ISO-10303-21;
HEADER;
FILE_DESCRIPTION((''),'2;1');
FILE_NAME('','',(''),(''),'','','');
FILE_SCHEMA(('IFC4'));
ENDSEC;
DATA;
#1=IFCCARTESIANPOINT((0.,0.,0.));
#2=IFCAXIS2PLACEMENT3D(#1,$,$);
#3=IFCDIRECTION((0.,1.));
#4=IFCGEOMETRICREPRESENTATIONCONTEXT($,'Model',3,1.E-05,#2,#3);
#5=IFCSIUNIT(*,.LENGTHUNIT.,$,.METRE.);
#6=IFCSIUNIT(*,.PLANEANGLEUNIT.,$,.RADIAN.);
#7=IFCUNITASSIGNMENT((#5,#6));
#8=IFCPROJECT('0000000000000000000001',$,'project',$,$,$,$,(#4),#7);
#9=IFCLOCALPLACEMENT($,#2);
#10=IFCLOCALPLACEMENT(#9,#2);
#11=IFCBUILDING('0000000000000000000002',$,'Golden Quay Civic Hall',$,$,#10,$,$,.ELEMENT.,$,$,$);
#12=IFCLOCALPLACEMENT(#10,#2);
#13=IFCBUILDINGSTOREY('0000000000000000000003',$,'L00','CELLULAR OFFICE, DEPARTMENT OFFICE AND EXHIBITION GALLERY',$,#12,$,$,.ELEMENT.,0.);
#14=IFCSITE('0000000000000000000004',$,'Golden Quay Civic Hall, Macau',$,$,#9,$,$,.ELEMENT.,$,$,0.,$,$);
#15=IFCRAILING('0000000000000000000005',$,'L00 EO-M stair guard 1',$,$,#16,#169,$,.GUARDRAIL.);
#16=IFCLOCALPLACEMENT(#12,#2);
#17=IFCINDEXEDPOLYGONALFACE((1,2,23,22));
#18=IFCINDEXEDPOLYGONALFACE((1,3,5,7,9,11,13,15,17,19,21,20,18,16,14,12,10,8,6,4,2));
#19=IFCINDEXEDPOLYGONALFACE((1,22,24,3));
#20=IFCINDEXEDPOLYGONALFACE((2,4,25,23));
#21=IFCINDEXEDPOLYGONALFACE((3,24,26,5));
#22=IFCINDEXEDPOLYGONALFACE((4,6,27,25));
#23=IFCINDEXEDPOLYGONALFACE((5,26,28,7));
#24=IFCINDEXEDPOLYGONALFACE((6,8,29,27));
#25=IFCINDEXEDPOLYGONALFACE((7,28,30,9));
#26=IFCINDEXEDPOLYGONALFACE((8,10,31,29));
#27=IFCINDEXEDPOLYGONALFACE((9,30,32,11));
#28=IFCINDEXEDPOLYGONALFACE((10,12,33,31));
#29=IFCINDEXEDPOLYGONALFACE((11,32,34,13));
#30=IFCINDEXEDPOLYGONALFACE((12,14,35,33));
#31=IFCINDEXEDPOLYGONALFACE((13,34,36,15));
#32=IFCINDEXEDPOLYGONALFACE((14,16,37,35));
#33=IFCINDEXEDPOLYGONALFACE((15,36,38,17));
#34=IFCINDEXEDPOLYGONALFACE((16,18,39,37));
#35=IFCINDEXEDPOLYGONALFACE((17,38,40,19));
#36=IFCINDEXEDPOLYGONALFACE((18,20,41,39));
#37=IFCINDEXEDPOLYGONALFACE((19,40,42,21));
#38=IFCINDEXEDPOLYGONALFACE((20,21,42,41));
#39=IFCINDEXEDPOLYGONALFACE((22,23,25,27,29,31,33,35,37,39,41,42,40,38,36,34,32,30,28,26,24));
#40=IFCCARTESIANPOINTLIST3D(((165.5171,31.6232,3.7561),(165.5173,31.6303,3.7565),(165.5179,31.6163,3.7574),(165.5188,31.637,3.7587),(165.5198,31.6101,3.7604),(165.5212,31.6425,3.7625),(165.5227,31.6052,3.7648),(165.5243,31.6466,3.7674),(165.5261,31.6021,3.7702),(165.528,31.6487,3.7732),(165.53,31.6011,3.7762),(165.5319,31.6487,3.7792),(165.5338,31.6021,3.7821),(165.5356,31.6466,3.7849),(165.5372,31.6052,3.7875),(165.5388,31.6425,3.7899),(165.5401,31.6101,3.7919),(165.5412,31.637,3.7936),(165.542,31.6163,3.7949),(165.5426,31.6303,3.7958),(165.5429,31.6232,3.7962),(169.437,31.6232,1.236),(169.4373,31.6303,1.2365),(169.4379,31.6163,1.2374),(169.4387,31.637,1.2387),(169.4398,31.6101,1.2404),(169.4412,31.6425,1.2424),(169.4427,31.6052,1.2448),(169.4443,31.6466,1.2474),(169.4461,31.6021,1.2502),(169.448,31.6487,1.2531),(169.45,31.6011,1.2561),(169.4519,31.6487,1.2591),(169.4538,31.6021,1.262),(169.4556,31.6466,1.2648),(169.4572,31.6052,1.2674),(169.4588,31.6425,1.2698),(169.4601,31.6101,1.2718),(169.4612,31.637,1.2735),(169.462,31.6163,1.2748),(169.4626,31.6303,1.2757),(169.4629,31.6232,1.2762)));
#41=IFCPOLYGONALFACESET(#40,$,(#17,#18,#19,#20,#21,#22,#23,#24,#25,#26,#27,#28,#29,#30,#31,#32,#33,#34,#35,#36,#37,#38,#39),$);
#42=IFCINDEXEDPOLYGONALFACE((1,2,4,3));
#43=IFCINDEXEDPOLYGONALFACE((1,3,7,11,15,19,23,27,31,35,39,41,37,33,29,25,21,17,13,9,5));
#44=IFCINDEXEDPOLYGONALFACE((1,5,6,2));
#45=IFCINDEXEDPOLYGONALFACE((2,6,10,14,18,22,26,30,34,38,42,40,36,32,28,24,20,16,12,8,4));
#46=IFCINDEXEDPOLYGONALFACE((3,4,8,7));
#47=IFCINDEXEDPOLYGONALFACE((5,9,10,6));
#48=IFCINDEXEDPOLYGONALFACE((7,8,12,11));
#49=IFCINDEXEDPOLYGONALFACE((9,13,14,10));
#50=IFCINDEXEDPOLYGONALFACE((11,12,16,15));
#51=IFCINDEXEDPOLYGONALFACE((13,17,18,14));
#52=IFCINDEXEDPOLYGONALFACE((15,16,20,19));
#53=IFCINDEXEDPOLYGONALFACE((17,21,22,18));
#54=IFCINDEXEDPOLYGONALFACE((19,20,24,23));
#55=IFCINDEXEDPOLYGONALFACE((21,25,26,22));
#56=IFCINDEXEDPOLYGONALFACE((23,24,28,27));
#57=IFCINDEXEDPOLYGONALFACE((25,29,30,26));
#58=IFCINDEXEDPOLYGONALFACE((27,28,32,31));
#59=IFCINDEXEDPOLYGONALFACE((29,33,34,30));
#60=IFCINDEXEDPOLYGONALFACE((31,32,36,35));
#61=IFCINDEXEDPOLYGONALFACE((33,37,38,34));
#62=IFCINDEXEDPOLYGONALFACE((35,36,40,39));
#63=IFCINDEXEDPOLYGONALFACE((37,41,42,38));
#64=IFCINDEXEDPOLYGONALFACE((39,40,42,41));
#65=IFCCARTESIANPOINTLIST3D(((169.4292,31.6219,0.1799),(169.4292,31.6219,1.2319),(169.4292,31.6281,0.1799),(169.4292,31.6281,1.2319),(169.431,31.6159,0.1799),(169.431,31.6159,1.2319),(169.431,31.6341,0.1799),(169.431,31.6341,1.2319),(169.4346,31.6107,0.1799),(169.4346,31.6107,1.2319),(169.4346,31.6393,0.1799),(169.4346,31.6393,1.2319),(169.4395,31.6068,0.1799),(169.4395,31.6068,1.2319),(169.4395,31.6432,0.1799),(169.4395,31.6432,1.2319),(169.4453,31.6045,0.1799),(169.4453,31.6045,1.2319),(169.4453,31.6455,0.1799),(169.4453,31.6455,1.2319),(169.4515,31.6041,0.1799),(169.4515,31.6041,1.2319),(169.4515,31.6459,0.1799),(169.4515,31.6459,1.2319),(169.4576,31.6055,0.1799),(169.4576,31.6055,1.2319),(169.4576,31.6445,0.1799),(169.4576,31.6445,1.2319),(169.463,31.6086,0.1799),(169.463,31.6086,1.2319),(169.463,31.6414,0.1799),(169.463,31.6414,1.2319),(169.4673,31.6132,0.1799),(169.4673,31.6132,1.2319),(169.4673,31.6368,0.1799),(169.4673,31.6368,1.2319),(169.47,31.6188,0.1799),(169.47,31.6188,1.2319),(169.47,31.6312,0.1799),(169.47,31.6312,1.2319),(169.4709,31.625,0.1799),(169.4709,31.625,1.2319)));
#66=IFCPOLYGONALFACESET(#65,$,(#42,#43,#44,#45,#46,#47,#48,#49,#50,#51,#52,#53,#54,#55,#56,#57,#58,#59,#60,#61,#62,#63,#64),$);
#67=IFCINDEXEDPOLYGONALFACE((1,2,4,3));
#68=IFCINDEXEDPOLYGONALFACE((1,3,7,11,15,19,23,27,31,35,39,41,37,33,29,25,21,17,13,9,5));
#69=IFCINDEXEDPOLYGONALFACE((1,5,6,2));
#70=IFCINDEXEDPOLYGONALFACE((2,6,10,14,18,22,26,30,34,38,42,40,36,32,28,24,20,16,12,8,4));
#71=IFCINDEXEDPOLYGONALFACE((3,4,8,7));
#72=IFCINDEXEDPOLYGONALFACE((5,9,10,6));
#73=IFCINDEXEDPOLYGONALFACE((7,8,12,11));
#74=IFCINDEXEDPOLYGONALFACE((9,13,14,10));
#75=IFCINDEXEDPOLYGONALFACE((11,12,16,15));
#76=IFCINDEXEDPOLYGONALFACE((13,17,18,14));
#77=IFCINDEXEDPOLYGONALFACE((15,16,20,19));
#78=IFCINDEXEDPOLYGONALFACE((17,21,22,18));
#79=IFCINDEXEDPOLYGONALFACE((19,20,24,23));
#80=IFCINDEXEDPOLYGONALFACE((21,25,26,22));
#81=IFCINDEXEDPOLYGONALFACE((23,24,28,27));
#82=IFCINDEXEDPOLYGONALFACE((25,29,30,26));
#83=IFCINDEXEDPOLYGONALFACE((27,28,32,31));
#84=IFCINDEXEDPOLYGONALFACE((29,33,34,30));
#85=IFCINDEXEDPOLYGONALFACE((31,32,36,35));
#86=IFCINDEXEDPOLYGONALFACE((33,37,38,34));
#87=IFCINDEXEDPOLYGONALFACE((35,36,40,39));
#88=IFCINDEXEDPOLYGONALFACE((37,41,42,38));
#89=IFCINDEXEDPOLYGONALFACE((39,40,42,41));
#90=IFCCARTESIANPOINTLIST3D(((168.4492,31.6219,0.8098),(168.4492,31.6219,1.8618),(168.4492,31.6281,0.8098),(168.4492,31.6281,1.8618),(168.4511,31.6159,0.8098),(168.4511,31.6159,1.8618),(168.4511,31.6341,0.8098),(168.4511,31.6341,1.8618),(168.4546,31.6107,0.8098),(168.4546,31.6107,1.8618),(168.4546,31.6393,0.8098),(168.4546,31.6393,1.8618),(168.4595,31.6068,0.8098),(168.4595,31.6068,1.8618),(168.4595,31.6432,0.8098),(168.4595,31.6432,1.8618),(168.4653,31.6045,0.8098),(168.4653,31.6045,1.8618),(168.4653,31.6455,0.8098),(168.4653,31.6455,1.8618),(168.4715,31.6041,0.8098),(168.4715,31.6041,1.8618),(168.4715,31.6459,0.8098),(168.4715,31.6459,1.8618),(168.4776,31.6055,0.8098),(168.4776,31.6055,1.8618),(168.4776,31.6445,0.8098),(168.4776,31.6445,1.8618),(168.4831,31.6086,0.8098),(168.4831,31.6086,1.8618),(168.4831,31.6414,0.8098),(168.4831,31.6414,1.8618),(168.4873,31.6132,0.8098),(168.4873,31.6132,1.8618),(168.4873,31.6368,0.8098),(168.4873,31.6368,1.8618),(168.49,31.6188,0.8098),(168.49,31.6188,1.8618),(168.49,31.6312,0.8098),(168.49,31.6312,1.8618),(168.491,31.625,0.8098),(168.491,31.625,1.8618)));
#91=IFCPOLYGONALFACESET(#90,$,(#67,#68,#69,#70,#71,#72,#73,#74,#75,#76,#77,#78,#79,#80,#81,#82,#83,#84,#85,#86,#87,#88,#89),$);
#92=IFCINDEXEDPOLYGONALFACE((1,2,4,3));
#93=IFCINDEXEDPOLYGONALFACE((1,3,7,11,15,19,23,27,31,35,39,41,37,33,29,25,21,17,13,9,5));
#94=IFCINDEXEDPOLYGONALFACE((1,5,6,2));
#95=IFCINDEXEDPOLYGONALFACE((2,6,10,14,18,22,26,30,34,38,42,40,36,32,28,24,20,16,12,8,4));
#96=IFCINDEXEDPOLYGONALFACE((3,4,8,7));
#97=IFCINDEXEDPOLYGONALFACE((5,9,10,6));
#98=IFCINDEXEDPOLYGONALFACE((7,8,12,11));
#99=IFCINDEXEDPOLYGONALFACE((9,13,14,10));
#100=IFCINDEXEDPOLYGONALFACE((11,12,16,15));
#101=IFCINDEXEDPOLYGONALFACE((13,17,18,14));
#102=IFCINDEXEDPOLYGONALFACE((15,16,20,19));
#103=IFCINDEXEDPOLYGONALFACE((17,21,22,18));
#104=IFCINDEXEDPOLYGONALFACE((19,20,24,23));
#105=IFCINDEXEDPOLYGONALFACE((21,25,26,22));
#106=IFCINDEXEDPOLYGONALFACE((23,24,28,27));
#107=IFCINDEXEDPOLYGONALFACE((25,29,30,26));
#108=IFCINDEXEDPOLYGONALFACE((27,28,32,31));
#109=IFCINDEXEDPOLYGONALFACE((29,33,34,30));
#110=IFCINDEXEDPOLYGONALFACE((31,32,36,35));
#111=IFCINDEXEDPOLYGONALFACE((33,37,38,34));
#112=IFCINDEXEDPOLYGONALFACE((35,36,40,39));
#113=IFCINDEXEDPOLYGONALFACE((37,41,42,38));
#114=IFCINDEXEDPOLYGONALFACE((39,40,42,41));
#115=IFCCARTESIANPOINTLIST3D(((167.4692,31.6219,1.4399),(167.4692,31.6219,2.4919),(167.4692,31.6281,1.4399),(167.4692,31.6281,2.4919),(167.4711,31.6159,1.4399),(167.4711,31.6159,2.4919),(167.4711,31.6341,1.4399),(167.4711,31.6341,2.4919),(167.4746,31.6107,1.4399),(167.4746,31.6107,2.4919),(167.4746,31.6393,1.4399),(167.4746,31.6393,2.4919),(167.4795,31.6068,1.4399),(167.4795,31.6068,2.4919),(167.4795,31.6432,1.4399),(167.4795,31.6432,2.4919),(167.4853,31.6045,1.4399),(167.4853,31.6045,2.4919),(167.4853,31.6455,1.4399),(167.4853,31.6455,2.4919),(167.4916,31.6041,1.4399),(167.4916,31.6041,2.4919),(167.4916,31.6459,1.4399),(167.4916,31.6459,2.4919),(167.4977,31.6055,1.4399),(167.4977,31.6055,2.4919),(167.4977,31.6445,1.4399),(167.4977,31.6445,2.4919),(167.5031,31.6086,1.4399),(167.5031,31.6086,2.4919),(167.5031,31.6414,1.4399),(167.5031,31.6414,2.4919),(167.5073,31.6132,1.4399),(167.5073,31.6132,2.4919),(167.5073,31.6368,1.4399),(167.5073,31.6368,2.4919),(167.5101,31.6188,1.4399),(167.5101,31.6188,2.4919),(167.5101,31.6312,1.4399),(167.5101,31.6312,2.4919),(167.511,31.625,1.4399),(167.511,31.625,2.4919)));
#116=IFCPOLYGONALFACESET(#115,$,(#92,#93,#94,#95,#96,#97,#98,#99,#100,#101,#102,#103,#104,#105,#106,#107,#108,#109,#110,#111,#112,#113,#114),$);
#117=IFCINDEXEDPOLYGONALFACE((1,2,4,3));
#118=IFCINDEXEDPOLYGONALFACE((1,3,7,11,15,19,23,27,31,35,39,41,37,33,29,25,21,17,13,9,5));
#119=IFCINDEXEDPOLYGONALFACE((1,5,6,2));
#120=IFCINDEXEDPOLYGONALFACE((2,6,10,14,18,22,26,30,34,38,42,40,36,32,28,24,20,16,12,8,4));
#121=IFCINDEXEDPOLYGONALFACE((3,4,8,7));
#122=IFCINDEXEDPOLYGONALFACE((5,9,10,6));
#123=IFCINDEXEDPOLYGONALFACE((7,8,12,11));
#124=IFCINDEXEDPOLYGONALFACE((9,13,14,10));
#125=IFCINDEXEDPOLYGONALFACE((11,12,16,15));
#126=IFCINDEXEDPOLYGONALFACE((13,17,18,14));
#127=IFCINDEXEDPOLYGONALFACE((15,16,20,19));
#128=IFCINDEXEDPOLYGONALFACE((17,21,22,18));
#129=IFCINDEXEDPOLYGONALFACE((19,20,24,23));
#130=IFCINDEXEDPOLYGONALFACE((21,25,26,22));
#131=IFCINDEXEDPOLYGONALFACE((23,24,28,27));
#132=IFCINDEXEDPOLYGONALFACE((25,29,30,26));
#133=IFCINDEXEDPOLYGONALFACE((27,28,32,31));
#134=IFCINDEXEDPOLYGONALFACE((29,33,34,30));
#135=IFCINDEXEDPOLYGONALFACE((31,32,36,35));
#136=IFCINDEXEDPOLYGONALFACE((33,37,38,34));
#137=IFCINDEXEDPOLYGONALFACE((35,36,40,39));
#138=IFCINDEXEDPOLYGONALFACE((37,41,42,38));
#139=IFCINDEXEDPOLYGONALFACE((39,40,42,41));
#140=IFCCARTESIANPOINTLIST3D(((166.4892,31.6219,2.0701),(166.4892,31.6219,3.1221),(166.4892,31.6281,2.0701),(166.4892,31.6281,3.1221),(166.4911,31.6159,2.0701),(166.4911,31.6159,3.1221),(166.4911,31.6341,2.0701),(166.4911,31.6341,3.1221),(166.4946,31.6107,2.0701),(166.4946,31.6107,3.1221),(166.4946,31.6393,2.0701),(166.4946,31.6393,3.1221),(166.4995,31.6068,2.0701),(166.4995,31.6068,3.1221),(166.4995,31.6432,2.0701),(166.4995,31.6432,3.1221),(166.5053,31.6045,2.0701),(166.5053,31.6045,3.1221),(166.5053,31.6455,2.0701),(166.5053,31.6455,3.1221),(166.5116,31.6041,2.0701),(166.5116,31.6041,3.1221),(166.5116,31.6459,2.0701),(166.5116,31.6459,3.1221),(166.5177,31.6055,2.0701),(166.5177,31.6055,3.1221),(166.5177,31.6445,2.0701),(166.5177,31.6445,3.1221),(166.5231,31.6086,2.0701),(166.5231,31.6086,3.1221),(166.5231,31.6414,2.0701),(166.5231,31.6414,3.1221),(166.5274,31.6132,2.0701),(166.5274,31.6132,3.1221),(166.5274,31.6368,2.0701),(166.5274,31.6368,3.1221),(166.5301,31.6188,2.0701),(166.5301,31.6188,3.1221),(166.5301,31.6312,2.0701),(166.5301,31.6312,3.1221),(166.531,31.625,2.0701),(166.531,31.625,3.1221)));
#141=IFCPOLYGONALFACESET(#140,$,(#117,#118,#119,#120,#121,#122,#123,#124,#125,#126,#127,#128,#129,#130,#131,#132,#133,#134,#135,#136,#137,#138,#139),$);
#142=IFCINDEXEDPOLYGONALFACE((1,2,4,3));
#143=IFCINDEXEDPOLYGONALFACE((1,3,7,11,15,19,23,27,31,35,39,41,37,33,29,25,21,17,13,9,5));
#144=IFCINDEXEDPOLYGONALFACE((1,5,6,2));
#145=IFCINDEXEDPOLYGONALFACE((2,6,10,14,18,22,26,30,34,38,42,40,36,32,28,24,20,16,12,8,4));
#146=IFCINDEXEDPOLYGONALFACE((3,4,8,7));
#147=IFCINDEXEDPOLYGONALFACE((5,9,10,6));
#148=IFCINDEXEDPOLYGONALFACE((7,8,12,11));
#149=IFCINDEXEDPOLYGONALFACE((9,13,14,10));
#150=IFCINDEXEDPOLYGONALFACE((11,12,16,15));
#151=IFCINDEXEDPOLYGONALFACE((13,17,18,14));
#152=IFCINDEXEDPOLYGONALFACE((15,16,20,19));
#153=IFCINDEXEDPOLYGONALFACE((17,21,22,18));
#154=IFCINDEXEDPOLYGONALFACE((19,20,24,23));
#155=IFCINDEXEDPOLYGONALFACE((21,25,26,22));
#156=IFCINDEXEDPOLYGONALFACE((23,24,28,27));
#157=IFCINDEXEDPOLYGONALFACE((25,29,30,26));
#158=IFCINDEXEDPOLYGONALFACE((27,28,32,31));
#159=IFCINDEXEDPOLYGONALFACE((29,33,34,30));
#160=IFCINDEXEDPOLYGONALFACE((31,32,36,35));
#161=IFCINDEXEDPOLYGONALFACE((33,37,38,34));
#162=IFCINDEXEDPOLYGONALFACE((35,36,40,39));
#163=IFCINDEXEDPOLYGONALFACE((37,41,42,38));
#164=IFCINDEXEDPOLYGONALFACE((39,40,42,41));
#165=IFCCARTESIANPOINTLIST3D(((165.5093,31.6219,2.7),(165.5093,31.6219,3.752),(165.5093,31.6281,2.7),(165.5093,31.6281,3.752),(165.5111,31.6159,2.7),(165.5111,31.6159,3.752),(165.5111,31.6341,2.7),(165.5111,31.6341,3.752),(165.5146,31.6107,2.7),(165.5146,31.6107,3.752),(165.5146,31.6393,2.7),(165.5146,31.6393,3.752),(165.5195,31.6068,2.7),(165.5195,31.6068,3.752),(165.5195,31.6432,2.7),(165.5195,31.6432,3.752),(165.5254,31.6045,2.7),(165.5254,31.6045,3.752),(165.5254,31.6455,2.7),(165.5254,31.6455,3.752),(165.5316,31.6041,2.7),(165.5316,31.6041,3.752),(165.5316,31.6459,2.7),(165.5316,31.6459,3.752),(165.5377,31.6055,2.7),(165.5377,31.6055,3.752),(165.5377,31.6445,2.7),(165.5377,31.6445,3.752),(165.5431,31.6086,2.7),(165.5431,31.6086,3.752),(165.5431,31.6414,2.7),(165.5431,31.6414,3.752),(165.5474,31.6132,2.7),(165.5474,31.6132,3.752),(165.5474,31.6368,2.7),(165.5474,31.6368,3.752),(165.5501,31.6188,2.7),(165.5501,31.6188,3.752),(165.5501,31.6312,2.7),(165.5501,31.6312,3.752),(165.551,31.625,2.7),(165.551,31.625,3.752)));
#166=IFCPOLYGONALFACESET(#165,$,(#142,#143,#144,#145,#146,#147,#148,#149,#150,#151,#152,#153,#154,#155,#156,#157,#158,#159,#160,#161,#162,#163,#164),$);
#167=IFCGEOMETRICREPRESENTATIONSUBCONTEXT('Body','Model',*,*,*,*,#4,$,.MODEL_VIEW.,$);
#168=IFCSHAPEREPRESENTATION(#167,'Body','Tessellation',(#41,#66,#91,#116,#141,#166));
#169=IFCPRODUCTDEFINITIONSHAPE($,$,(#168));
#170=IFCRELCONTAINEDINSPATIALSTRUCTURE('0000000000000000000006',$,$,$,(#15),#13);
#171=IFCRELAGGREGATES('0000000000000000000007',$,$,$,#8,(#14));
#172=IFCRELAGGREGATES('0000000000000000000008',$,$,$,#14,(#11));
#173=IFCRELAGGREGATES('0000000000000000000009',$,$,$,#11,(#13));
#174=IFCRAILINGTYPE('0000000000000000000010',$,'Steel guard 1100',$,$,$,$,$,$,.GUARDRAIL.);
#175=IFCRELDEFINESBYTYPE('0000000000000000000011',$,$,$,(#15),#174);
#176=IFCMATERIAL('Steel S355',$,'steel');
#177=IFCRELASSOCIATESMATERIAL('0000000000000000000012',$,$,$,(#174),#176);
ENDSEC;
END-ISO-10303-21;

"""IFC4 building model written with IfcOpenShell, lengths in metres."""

from ifc_helpers import new_model, si_unit, direction, frame, origin, origin_2d, place, context, subcontext, project, spatial, circle, extrude, material, type_object, element, save


model = new_model("IFC4")

# Units and contexts
model_context = context("Model", 3, precision=1e-05, world=origin(), true_north=direction((0.0, 1.0)))
body_context = subcontext(model_context, "Body", "Model", "MODEL_VIEW")
ifc_project = project(units=[si_unit("LENGTHUNIT", "METRE"), si_unit("PLANEANGLEUNIT", "RADIAN")], contexts=[model_context])

# Site, building, storey
site_placement = place(None, origin())
site = spatial("IfcSite", under=ifc_project, at=site_placement, Name="Golden Quay Civic Hall, Macau", CompositionType="ELEMENT", RefElevation=0.0)
building_placement = place(site_placement, origin())
building = spatial("IfcBuilding", under=site, at=building_placement, Name="Golden Quay Civic Hall", CompositionType="ELEMENT")
storey_placement = place(building_placement, origin())
storey = spatial("IfcBuildingStorey", under=building, at=storey_placement, Name="L00", Description="CELLULAR OFFICE, DEPARTMENT OFFICE AND EXHIBITION GALLERY", CompositionType="ELEMENT", Elevation=0.0)

# Railing
ifc_material_1 = material(Name="Steel S355", Category="steel")
railing_type_1 = type_object("IfcRailingType", Name="Steel guard 1100", PredefinedType="GUARDRAIL", material=ifc_material_1)
railing_1_placement = place(storey_placement, frame((169.45, 31.625, 0.1799)))
element("IfcRailing", 1, at=railing_1_placement, inside=storey, type_object=railing_type_1, Name="L00 EO-M stair guard 1", PredefinedType="GUARDRAIL", context=body_context, shape_type="SweptSolid", body=[
    extrude(circle(Radius=0.0239, at=origin_2d()), frame((0.0, 0.0, 1.0762), z_axis=(-0.841172, 0.0, 0.540768), x_axis=(0.0, -1.0, 0.0)), (0.0, 0.0, 1.0), 4.6602),
    extrude(circle(Radius=0.021, at=origin_2d()), origin(), (0.0, 0.0, 1.0), 1.052),
    extrude(circle(Radius=0.021, at=origin_2d()), frame((-0.98, 0.0, 0.6299)), (0.0, 0.0, 1.0), 1.052),
    extrude(circle(Radius=0.021, at=origin_2d()), frame((-1.96, 0.0, 1.26)), (0.0, 0.0, 1.0), 1.052),
    extrude(circle(Radius=0.021, at=origin_2d()), frame((-2.9399, 0.0, 1.8901)), (0.0, 0.0, 1.0), 1.052),
    extrude(circle(Radius=0.021, at=origin_2d()), frame((-3.9199, 0.0, 2.52)), (0.0, 0.0, 1.0), 1.052),
])

save(model, "model.ifc")
